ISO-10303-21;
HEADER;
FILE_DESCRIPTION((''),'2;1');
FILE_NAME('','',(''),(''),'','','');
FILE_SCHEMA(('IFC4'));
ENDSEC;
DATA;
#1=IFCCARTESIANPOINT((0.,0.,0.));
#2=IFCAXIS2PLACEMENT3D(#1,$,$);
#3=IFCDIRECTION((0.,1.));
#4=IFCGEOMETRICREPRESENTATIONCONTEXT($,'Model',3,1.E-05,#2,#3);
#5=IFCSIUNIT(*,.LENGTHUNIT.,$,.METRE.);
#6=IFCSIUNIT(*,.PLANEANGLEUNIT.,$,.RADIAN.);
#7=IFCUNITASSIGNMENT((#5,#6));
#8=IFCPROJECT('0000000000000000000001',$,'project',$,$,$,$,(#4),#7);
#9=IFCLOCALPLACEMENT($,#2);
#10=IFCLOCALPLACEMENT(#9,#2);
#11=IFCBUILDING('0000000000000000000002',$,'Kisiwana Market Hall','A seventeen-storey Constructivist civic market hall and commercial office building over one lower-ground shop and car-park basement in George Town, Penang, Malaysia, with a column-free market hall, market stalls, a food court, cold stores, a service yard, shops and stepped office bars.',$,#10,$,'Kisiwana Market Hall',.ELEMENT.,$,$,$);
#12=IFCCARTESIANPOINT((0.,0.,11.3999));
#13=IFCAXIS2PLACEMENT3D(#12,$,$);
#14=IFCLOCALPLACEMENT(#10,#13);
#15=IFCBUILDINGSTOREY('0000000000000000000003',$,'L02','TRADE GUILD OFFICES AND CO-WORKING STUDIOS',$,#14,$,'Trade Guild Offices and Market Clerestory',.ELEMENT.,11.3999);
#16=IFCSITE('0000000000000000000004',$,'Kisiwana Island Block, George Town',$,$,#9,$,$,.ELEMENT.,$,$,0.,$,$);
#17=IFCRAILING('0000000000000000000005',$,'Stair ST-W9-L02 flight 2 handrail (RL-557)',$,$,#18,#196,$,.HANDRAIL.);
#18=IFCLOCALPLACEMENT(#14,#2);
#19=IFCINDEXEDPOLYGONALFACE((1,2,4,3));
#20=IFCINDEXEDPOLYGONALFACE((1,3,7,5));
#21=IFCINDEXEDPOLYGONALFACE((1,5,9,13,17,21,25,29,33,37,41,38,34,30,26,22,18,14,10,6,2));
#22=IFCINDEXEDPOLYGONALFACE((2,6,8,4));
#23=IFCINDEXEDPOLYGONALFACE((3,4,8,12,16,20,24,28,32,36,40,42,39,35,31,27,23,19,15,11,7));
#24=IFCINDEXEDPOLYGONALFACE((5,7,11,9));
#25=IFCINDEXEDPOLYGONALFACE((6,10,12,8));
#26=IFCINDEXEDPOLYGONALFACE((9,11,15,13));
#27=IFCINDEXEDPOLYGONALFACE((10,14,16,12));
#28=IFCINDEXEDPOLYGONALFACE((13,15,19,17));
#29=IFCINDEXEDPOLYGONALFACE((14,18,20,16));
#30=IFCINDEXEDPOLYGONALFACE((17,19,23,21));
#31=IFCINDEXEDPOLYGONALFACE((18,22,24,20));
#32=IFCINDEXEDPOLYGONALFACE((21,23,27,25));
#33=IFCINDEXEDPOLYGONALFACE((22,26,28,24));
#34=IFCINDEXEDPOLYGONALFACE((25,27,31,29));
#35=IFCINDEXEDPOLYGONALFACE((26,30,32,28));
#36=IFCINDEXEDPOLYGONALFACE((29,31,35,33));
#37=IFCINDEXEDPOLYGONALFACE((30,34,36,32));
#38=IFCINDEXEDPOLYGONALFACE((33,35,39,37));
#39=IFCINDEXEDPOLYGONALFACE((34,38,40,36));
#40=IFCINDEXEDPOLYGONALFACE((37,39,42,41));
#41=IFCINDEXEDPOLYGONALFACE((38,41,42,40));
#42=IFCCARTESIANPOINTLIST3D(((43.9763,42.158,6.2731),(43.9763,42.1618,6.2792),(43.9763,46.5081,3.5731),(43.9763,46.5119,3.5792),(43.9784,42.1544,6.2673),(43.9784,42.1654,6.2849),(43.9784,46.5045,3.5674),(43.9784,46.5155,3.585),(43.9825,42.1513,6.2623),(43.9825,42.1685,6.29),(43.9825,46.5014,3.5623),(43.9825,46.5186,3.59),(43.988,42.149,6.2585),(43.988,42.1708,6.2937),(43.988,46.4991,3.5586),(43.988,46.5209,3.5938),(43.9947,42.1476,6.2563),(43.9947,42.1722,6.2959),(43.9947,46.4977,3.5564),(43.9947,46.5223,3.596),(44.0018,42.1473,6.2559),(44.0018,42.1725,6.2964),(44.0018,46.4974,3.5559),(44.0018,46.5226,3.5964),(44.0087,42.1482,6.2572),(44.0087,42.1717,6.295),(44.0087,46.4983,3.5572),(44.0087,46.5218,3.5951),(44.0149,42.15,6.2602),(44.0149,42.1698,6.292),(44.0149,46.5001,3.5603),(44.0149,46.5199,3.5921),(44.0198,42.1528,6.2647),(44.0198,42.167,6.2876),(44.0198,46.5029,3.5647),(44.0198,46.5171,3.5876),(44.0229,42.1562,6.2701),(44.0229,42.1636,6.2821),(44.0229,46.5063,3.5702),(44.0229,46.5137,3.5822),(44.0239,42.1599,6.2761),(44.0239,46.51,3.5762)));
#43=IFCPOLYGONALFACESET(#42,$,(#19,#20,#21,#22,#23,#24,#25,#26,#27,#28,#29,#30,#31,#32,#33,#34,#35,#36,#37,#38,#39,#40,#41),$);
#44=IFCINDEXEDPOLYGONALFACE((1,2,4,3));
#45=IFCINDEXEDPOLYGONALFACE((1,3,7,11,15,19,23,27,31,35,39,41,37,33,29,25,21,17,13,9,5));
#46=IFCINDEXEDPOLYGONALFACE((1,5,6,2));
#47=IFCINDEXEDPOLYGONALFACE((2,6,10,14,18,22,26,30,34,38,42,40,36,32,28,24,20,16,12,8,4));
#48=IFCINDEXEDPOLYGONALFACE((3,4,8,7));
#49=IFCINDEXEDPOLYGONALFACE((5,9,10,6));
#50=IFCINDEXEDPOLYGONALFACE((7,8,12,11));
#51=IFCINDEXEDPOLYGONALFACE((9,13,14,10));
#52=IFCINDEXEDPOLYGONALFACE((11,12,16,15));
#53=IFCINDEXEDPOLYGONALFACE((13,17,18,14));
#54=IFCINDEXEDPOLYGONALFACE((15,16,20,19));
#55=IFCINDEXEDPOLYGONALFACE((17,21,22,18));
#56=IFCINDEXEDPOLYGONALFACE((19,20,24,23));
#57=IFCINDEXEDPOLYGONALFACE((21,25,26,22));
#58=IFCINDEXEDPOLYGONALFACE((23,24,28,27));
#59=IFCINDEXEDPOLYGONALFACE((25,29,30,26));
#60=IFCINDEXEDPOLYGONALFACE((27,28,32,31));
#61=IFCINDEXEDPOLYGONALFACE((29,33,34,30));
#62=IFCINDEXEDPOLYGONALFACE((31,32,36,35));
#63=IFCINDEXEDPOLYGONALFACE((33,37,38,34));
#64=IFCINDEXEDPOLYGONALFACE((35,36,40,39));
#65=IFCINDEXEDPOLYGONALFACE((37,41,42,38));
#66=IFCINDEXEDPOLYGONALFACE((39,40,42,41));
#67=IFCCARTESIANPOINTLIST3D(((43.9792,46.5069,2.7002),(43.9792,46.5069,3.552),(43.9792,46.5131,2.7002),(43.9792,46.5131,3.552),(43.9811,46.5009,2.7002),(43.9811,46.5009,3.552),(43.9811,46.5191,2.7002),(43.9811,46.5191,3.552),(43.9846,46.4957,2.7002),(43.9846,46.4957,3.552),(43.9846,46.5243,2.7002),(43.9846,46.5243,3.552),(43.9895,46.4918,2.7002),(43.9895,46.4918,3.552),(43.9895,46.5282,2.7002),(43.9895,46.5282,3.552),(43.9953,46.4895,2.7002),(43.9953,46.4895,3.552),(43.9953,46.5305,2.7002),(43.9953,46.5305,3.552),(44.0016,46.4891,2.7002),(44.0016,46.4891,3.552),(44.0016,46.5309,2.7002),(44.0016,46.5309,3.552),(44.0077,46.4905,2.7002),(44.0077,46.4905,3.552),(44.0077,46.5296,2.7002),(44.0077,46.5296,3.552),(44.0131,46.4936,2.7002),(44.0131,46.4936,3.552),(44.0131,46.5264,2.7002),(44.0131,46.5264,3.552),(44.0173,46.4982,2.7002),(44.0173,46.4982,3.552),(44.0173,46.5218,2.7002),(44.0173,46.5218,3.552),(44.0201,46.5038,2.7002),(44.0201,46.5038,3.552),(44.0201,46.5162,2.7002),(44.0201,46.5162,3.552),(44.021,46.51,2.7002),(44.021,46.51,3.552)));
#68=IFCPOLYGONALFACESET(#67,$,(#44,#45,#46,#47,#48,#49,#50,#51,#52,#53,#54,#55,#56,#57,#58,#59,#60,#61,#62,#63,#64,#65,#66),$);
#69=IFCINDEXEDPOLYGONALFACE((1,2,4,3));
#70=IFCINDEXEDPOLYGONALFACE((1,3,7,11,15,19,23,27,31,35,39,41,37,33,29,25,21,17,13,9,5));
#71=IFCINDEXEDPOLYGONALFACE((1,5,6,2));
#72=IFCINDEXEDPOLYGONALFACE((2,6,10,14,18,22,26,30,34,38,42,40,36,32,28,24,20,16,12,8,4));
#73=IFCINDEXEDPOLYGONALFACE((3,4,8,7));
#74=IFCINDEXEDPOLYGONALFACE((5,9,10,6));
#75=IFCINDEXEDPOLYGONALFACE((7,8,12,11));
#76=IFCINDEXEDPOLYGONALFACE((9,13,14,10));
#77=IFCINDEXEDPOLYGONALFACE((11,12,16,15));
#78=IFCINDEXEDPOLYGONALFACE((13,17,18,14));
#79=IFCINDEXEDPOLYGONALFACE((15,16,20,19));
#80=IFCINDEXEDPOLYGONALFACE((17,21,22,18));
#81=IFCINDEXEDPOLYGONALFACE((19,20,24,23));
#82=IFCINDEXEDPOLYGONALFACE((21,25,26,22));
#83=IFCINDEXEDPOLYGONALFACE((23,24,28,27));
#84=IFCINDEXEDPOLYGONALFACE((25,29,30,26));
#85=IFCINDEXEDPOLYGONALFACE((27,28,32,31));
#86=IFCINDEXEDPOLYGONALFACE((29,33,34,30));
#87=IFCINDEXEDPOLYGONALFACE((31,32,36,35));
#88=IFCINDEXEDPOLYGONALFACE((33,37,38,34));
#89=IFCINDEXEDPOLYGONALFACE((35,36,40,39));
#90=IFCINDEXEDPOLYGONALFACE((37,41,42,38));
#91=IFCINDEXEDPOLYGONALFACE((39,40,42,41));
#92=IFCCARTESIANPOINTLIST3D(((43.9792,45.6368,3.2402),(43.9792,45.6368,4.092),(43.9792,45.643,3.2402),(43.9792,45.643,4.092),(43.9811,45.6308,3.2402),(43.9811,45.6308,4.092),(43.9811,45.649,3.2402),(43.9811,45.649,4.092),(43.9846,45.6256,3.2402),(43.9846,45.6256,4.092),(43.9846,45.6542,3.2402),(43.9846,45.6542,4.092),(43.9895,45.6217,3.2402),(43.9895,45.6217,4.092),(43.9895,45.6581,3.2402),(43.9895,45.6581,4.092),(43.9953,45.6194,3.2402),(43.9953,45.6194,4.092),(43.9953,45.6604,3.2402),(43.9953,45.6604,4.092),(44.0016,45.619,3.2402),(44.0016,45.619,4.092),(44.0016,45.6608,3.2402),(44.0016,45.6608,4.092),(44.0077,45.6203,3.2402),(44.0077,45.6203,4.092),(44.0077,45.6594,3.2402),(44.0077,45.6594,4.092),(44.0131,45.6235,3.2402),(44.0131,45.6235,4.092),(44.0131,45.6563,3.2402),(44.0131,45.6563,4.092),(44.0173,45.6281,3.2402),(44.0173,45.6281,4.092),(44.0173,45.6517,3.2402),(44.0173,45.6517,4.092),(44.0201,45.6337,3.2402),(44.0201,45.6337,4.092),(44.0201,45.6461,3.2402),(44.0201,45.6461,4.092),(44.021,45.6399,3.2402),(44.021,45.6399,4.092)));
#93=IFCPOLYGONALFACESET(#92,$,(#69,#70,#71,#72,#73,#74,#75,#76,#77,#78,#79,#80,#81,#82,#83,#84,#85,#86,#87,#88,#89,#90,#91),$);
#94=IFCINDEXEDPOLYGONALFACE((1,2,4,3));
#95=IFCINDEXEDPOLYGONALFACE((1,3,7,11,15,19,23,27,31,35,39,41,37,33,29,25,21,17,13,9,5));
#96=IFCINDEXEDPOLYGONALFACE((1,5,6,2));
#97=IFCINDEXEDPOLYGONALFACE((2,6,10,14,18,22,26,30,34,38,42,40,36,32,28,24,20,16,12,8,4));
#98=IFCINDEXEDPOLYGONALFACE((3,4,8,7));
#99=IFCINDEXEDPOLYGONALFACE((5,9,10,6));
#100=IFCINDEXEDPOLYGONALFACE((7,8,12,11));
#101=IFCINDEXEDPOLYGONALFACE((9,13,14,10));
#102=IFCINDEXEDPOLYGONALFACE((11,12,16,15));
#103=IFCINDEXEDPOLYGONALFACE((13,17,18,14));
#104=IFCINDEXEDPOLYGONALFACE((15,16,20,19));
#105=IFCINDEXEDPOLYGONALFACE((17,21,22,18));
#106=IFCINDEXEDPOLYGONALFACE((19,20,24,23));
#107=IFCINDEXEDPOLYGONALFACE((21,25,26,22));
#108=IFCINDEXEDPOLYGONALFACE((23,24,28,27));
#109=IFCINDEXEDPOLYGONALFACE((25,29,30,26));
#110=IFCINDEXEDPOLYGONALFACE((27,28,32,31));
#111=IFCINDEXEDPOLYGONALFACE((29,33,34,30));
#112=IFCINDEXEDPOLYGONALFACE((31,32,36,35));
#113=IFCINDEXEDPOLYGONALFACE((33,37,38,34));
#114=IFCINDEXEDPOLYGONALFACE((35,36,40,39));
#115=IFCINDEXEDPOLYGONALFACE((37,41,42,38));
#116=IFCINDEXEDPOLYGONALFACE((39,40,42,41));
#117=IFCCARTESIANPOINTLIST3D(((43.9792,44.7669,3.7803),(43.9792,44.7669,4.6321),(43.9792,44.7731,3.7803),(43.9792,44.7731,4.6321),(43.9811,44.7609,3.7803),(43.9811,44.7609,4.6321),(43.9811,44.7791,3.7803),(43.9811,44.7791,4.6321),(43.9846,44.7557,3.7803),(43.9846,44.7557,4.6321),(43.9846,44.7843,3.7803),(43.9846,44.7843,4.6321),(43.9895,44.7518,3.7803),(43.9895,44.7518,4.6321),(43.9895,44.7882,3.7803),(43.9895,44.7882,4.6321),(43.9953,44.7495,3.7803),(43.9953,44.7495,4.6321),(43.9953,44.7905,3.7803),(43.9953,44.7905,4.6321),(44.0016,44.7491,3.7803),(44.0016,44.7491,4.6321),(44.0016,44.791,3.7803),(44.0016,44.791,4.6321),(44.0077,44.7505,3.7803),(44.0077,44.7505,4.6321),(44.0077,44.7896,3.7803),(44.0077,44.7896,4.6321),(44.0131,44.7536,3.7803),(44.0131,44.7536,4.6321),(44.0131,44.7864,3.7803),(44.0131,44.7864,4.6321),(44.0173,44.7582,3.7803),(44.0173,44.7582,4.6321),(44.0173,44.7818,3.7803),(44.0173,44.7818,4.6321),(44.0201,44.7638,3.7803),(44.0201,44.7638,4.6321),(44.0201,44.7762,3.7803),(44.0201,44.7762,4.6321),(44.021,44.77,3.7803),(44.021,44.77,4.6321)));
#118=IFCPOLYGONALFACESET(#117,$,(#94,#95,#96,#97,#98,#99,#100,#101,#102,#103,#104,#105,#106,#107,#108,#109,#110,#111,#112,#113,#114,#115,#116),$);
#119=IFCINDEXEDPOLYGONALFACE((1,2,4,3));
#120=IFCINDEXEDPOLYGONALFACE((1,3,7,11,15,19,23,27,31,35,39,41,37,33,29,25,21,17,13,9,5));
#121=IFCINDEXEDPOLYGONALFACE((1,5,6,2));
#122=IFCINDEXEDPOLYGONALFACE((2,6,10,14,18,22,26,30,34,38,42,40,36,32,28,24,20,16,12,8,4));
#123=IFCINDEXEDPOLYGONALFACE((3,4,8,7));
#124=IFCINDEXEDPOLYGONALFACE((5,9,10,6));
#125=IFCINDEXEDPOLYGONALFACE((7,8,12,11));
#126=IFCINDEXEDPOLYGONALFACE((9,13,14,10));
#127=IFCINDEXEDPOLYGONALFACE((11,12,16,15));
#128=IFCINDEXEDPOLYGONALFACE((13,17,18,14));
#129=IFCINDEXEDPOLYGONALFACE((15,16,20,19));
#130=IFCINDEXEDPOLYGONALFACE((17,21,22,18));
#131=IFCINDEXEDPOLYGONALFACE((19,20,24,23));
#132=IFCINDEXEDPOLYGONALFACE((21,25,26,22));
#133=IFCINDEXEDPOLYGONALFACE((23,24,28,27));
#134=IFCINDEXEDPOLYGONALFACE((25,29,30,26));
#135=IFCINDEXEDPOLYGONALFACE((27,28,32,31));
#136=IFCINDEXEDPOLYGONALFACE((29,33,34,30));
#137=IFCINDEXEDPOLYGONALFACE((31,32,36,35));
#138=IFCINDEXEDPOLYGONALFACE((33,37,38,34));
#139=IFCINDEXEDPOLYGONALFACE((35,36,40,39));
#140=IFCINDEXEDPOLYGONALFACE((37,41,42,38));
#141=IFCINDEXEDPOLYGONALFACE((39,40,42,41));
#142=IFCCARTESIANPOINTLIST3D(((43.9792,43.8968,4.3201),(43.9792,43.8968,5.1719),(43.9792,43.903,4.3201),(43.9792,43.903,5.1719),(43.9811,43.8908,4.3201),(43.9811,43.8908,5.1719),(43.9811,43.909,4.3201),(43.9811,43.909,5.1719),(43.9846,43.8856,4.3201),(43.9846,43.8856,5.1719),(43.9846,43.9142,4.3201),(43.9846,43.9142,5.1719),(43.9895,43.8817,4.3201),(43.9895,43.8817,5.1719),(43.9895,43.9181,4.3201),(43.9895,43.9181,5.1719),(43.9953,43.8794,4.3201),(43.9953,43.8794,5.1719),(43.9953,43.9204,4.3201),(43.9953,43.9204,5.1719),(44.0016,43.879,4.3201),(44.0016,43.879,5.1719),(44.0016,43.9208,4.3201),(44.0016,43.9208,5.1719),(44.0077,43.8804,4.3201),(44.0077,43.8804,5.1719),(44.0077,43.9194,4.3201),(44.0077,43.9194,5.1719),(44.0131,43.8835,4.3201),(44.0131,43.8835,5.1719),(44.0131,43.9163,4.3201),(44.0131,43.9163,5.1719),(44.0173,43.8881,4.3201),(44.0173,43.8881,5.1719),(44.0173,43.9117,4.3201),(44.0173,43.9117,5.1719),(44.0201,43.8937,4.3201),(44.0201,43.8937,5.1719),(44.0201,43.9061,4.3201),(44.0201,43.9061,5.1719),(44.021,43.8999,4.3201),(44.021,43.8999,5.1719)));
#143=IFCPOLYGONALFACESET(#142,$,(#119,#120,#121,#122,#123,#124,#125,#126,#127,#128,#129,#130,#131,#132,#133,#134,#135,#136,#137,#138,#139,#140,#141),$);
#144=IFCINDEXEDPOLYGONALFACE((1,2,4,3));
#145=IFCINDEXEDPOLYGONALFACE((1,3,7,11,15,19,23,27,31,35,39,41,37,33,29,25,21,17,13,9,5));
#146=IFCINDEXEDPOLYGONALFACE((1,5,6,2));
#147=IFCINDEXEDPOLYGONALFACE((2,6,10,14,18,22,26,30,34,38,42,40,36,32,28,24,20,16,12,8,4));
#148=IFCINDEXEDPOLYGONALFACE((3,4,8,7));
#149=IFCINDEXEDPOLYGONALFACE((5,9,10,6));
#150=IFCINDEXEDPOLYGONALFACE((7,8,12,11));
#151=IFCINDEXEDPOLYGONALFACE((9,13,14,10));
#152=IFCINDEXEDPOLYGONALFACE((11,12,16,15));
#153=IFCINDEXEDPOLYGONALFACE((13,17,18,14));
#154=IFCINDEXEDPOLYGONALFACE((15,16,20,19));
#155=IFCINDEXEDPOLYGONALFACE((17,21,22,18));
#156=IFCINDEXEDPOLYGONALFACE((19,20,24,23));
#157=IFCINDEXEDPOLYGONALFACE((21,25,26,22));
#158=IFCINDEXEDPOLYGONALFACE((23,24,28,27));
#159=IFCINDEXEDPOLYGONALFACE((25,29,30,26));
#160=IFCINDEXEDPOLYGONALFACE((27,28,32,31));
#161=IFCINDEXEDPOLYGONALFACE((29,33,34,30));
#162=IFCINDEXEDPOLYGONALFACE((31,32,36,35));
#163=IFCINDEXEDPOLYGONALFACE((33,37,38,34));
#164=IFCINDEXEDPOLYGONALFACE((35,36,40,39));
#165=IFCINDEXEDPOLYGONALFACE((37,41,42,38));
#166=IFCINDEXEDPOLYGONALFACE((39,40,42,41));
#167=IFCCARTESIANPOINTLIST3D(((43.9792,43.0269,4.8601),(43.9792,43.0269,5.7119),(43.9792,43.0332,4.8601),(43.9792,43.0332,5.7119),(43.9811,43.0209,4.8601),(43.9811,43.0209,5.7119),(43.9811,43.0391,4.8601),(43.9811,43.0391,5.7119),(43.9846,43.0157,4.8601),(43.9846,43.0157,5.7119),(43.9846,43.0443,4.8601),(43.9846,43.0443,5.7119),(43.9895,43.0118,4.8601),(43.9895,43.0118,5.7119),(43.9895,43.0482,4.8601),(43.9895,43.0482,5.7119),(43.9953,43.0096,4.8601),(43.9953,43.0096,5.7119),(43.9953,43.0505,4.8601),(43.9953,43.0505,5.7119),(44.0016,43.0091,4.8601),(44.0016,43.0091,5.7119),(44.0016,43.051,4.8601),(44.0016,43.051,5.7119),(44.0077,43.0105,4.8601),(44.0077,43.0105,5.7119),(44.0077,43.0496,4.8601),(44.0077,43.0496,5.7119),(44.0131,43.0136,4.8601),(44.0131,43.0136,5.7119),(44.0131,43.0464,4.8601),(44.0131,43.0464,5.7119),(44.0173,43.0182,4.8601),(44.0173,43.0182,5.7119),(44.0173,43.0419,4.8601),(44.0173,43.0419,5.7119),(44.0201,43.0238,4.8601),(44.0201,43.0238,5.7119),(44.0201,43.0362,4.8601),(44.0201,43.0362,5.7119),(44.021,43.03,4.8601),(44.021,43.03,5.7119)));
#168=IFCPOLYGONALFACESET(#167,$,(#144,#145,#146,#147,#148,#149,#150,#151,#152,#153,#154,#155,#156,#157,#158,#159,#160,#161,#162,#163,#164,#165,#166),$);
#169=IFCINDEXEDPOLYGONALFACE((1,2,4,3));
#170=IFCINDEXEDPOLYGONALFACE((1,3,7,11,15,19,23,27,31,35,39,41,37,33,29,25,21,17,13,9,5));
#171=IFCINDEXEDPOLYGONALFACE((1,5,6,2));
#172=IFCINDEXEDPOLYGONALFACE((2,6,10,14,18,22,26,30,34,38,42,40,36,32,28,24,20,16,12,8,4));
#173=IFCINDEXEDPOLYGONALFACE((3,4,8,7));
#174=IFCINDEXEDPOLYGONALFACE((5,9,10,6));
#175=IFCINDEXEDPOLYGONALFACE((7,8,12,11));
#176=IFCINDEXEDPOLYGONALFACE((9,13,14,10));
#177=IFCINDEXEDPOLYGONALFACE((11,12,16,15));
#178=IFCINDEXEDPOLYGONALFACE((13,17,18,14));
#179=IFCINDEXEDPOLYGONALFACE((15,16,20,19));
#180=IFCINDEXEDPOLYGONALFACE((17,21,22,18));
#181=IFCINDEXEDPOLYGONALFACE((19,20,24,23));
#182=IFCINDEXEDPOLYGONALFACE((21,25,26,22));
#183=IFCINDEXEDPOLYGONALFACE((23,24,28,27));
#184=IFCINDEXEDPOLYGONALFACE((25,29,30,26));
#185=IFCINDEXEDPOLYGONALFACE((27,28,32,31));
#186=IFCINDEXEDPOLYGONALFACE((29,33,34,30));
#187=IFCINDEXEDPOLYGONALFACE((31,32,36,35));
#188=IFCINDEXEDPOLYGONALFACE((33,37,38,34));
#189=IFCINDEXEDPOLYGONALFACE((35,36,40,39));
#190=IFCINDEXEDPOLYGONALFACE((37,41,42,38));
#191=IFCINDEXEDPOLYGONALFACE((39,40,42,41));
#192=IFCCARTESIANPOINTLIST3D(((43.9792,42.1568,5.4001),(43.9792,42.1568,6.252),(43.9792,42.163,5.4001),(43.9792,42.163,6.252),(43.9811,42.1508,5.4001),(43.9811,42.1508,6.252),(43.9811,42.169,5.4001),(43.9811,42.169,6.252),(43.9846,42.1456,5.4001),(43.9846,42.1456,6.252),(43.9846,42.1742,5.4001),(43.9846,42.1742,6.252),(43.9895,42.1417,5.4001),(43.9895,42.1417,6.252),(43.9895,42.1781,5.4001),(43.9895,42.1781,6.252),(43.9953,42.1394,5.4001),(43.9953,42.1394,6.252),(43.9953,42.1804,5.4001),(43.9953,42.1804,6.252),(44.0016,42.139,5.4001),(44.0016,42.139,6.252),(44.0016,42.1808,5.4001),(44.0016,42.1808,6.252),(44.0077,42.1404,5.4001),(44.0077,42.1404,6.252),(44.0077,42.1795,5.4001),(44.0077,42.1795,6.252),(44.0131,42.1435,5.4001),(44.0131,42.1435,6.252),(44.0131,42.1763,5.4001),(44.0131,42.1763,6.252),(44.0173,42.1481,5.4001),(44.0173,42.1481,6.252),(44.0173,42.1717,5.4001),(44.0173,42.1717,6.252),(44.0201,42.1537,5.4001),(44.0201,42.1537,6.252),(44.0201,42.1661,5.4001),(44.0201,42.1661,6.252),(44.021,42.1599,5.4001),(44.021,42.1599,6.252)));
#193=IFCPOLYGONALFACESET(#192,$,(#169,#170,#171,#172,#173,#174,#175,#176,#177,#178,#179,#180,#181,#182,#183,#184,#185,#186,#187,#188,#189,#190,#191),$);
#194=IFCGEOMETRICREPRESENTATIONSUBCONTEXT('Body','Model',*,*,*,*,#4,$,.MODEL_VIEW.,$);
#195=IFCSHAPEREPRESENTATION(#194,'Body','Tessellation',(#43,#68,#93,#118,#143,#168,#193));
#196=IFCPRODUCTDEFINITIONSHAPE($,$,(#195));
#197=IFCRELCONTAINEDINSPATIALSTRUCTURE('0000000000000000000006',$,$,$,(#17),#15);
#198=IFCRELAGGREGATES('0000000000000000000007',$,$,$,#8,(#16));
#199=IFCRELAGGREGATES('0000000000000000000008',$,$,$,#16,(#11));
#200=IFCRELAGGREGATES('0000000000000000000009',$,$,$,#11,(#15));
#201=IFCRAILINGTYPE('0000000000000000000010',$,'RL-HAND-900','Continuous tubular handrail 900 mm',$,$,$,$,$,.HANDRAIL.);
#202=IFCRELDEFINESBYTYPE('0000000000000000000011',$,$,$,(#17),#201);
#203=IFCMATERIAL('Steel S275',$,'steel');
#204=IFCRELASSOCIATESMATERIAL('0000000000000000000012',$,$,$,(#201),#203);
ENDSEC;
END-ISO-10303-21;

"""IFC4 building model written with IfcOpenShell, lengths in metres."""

from ifc_helpers import new_model, si_unit, direction, frame, origin, origin_2d, place, context, subcontext, project, spatial, circle, extrude, material, type_object, element, save


model = new_model("IFC4")

# Units and contexts
model_context = context("Model", 3, precision=1e-05, world=origin(), true_north=direction((0.0, 1.0)))
body_context = subcontext(model_context, "Body", "Model", "MODEL_VIEW")
ifc_project = project(units=[si_unit("LENGTHUNIT", "METRE"), si_unit("PLANEANGLEUNIT", "RADIAN")], contexts=[model_context])

# Site, building, storey
site_placement = place(None, origin())
site = spatial("IfcSite", under=ifc_project, at=site_placement, Name="Kisiwana Island Block, George Town", CompositionType="ELEMENT", RefElevation=0.0)
building_placement = place(site_placement, origin())
building = spatial("IfcBuilding", under=site, at=building_placement, Name="Kisiwana Market Hall", Description="A seventeen-storey Constructivist civic market hall and commercial office building over one lower-ground shop and car-park basement in George Town, Penang, Malaysia, with a column-free market hall, market stalls, a food court, cold stores, a service yard, shops and stepped office bars.", LongName="Kisiwana Market Hall", CompositionType="ELEMENT")
storey_placement = place(building_placement, frame((0.0, 0.0, 11.3999)))
storey = spatial("IfcBuildingStorey", under=building, at=storey_placement, Name="L02", Description="TRADE GUILD OFFICES AND CO-WORKING STUDIOS", LongName="Trade Guild Offices and Market Clerestory", CompositionType="ELEMENT", Elevation=11.3999)

# Railing
ifc_material_1 = material(Name="Steel S275", Category="steel")
railing_type_1 = type_object("IfcRailingType", Name="RL-HAND-900", Description="Continuous tubular handrail 900 mm", PredefinedType="HANDRAIL", material=ifc_material_1)
railing_1_placement = place(storey_placement, frame((44.0, 46.51, 2.7002)))
element("IfcRailing", 1, at=railing_1_placement, inside=storey, type_object=railing_type_1, Name="Stair ST-W9-L02 flight 2 handrail (RL-557)", PredefinedType="HANDRAIL", context=body_context, shape_type="SweptSolid", body=[
    extrude(circle(Radius=0.0239, at=origin_2d()), frame((0.0, 0.0, 0.876), z_axis=(0.0, -0.84965, 0.527347), x_axis=(1.0, 0.0, 0.0)), (0.0, 0.0, 1.0), 5.1199),
    extrude(circle(Radius=0.021, at=origin_2d()), origin(), (0.0, 0.0, 1.0), 0.8518),
    extrude(circle(Radius=0.021, at=origin_2d()), frame((0.0, -0.8701, 0.54)), (0.0, 0.0, 1.0), 0.8518),
    extrude(circle(Radius=0.021, at=origin_2d()), frame((0.0, -1.74, 1.0801)), (0.0, 0.0, 1.0), 0.8518),
    extrude(circle(Radius=0.021, at=origin_2d()), frame((0.0, -2.6101, 1.6199)), (0.0, 0.0, 1.0), 0.8518),
    extrude(circle(Radius=0.021, at=origin_2d()), frame((0.0, -3.48, 2.1599)), (0.0, 0.0, 1.0), 0.8518),
    extrude(circle(Radius=0.021, at=origin_2d()), frame((0.0, -4.3501, 2.7)), (0.0, 0.0, 1.0), 0.8518),
])

save(model, "model.ifc")
